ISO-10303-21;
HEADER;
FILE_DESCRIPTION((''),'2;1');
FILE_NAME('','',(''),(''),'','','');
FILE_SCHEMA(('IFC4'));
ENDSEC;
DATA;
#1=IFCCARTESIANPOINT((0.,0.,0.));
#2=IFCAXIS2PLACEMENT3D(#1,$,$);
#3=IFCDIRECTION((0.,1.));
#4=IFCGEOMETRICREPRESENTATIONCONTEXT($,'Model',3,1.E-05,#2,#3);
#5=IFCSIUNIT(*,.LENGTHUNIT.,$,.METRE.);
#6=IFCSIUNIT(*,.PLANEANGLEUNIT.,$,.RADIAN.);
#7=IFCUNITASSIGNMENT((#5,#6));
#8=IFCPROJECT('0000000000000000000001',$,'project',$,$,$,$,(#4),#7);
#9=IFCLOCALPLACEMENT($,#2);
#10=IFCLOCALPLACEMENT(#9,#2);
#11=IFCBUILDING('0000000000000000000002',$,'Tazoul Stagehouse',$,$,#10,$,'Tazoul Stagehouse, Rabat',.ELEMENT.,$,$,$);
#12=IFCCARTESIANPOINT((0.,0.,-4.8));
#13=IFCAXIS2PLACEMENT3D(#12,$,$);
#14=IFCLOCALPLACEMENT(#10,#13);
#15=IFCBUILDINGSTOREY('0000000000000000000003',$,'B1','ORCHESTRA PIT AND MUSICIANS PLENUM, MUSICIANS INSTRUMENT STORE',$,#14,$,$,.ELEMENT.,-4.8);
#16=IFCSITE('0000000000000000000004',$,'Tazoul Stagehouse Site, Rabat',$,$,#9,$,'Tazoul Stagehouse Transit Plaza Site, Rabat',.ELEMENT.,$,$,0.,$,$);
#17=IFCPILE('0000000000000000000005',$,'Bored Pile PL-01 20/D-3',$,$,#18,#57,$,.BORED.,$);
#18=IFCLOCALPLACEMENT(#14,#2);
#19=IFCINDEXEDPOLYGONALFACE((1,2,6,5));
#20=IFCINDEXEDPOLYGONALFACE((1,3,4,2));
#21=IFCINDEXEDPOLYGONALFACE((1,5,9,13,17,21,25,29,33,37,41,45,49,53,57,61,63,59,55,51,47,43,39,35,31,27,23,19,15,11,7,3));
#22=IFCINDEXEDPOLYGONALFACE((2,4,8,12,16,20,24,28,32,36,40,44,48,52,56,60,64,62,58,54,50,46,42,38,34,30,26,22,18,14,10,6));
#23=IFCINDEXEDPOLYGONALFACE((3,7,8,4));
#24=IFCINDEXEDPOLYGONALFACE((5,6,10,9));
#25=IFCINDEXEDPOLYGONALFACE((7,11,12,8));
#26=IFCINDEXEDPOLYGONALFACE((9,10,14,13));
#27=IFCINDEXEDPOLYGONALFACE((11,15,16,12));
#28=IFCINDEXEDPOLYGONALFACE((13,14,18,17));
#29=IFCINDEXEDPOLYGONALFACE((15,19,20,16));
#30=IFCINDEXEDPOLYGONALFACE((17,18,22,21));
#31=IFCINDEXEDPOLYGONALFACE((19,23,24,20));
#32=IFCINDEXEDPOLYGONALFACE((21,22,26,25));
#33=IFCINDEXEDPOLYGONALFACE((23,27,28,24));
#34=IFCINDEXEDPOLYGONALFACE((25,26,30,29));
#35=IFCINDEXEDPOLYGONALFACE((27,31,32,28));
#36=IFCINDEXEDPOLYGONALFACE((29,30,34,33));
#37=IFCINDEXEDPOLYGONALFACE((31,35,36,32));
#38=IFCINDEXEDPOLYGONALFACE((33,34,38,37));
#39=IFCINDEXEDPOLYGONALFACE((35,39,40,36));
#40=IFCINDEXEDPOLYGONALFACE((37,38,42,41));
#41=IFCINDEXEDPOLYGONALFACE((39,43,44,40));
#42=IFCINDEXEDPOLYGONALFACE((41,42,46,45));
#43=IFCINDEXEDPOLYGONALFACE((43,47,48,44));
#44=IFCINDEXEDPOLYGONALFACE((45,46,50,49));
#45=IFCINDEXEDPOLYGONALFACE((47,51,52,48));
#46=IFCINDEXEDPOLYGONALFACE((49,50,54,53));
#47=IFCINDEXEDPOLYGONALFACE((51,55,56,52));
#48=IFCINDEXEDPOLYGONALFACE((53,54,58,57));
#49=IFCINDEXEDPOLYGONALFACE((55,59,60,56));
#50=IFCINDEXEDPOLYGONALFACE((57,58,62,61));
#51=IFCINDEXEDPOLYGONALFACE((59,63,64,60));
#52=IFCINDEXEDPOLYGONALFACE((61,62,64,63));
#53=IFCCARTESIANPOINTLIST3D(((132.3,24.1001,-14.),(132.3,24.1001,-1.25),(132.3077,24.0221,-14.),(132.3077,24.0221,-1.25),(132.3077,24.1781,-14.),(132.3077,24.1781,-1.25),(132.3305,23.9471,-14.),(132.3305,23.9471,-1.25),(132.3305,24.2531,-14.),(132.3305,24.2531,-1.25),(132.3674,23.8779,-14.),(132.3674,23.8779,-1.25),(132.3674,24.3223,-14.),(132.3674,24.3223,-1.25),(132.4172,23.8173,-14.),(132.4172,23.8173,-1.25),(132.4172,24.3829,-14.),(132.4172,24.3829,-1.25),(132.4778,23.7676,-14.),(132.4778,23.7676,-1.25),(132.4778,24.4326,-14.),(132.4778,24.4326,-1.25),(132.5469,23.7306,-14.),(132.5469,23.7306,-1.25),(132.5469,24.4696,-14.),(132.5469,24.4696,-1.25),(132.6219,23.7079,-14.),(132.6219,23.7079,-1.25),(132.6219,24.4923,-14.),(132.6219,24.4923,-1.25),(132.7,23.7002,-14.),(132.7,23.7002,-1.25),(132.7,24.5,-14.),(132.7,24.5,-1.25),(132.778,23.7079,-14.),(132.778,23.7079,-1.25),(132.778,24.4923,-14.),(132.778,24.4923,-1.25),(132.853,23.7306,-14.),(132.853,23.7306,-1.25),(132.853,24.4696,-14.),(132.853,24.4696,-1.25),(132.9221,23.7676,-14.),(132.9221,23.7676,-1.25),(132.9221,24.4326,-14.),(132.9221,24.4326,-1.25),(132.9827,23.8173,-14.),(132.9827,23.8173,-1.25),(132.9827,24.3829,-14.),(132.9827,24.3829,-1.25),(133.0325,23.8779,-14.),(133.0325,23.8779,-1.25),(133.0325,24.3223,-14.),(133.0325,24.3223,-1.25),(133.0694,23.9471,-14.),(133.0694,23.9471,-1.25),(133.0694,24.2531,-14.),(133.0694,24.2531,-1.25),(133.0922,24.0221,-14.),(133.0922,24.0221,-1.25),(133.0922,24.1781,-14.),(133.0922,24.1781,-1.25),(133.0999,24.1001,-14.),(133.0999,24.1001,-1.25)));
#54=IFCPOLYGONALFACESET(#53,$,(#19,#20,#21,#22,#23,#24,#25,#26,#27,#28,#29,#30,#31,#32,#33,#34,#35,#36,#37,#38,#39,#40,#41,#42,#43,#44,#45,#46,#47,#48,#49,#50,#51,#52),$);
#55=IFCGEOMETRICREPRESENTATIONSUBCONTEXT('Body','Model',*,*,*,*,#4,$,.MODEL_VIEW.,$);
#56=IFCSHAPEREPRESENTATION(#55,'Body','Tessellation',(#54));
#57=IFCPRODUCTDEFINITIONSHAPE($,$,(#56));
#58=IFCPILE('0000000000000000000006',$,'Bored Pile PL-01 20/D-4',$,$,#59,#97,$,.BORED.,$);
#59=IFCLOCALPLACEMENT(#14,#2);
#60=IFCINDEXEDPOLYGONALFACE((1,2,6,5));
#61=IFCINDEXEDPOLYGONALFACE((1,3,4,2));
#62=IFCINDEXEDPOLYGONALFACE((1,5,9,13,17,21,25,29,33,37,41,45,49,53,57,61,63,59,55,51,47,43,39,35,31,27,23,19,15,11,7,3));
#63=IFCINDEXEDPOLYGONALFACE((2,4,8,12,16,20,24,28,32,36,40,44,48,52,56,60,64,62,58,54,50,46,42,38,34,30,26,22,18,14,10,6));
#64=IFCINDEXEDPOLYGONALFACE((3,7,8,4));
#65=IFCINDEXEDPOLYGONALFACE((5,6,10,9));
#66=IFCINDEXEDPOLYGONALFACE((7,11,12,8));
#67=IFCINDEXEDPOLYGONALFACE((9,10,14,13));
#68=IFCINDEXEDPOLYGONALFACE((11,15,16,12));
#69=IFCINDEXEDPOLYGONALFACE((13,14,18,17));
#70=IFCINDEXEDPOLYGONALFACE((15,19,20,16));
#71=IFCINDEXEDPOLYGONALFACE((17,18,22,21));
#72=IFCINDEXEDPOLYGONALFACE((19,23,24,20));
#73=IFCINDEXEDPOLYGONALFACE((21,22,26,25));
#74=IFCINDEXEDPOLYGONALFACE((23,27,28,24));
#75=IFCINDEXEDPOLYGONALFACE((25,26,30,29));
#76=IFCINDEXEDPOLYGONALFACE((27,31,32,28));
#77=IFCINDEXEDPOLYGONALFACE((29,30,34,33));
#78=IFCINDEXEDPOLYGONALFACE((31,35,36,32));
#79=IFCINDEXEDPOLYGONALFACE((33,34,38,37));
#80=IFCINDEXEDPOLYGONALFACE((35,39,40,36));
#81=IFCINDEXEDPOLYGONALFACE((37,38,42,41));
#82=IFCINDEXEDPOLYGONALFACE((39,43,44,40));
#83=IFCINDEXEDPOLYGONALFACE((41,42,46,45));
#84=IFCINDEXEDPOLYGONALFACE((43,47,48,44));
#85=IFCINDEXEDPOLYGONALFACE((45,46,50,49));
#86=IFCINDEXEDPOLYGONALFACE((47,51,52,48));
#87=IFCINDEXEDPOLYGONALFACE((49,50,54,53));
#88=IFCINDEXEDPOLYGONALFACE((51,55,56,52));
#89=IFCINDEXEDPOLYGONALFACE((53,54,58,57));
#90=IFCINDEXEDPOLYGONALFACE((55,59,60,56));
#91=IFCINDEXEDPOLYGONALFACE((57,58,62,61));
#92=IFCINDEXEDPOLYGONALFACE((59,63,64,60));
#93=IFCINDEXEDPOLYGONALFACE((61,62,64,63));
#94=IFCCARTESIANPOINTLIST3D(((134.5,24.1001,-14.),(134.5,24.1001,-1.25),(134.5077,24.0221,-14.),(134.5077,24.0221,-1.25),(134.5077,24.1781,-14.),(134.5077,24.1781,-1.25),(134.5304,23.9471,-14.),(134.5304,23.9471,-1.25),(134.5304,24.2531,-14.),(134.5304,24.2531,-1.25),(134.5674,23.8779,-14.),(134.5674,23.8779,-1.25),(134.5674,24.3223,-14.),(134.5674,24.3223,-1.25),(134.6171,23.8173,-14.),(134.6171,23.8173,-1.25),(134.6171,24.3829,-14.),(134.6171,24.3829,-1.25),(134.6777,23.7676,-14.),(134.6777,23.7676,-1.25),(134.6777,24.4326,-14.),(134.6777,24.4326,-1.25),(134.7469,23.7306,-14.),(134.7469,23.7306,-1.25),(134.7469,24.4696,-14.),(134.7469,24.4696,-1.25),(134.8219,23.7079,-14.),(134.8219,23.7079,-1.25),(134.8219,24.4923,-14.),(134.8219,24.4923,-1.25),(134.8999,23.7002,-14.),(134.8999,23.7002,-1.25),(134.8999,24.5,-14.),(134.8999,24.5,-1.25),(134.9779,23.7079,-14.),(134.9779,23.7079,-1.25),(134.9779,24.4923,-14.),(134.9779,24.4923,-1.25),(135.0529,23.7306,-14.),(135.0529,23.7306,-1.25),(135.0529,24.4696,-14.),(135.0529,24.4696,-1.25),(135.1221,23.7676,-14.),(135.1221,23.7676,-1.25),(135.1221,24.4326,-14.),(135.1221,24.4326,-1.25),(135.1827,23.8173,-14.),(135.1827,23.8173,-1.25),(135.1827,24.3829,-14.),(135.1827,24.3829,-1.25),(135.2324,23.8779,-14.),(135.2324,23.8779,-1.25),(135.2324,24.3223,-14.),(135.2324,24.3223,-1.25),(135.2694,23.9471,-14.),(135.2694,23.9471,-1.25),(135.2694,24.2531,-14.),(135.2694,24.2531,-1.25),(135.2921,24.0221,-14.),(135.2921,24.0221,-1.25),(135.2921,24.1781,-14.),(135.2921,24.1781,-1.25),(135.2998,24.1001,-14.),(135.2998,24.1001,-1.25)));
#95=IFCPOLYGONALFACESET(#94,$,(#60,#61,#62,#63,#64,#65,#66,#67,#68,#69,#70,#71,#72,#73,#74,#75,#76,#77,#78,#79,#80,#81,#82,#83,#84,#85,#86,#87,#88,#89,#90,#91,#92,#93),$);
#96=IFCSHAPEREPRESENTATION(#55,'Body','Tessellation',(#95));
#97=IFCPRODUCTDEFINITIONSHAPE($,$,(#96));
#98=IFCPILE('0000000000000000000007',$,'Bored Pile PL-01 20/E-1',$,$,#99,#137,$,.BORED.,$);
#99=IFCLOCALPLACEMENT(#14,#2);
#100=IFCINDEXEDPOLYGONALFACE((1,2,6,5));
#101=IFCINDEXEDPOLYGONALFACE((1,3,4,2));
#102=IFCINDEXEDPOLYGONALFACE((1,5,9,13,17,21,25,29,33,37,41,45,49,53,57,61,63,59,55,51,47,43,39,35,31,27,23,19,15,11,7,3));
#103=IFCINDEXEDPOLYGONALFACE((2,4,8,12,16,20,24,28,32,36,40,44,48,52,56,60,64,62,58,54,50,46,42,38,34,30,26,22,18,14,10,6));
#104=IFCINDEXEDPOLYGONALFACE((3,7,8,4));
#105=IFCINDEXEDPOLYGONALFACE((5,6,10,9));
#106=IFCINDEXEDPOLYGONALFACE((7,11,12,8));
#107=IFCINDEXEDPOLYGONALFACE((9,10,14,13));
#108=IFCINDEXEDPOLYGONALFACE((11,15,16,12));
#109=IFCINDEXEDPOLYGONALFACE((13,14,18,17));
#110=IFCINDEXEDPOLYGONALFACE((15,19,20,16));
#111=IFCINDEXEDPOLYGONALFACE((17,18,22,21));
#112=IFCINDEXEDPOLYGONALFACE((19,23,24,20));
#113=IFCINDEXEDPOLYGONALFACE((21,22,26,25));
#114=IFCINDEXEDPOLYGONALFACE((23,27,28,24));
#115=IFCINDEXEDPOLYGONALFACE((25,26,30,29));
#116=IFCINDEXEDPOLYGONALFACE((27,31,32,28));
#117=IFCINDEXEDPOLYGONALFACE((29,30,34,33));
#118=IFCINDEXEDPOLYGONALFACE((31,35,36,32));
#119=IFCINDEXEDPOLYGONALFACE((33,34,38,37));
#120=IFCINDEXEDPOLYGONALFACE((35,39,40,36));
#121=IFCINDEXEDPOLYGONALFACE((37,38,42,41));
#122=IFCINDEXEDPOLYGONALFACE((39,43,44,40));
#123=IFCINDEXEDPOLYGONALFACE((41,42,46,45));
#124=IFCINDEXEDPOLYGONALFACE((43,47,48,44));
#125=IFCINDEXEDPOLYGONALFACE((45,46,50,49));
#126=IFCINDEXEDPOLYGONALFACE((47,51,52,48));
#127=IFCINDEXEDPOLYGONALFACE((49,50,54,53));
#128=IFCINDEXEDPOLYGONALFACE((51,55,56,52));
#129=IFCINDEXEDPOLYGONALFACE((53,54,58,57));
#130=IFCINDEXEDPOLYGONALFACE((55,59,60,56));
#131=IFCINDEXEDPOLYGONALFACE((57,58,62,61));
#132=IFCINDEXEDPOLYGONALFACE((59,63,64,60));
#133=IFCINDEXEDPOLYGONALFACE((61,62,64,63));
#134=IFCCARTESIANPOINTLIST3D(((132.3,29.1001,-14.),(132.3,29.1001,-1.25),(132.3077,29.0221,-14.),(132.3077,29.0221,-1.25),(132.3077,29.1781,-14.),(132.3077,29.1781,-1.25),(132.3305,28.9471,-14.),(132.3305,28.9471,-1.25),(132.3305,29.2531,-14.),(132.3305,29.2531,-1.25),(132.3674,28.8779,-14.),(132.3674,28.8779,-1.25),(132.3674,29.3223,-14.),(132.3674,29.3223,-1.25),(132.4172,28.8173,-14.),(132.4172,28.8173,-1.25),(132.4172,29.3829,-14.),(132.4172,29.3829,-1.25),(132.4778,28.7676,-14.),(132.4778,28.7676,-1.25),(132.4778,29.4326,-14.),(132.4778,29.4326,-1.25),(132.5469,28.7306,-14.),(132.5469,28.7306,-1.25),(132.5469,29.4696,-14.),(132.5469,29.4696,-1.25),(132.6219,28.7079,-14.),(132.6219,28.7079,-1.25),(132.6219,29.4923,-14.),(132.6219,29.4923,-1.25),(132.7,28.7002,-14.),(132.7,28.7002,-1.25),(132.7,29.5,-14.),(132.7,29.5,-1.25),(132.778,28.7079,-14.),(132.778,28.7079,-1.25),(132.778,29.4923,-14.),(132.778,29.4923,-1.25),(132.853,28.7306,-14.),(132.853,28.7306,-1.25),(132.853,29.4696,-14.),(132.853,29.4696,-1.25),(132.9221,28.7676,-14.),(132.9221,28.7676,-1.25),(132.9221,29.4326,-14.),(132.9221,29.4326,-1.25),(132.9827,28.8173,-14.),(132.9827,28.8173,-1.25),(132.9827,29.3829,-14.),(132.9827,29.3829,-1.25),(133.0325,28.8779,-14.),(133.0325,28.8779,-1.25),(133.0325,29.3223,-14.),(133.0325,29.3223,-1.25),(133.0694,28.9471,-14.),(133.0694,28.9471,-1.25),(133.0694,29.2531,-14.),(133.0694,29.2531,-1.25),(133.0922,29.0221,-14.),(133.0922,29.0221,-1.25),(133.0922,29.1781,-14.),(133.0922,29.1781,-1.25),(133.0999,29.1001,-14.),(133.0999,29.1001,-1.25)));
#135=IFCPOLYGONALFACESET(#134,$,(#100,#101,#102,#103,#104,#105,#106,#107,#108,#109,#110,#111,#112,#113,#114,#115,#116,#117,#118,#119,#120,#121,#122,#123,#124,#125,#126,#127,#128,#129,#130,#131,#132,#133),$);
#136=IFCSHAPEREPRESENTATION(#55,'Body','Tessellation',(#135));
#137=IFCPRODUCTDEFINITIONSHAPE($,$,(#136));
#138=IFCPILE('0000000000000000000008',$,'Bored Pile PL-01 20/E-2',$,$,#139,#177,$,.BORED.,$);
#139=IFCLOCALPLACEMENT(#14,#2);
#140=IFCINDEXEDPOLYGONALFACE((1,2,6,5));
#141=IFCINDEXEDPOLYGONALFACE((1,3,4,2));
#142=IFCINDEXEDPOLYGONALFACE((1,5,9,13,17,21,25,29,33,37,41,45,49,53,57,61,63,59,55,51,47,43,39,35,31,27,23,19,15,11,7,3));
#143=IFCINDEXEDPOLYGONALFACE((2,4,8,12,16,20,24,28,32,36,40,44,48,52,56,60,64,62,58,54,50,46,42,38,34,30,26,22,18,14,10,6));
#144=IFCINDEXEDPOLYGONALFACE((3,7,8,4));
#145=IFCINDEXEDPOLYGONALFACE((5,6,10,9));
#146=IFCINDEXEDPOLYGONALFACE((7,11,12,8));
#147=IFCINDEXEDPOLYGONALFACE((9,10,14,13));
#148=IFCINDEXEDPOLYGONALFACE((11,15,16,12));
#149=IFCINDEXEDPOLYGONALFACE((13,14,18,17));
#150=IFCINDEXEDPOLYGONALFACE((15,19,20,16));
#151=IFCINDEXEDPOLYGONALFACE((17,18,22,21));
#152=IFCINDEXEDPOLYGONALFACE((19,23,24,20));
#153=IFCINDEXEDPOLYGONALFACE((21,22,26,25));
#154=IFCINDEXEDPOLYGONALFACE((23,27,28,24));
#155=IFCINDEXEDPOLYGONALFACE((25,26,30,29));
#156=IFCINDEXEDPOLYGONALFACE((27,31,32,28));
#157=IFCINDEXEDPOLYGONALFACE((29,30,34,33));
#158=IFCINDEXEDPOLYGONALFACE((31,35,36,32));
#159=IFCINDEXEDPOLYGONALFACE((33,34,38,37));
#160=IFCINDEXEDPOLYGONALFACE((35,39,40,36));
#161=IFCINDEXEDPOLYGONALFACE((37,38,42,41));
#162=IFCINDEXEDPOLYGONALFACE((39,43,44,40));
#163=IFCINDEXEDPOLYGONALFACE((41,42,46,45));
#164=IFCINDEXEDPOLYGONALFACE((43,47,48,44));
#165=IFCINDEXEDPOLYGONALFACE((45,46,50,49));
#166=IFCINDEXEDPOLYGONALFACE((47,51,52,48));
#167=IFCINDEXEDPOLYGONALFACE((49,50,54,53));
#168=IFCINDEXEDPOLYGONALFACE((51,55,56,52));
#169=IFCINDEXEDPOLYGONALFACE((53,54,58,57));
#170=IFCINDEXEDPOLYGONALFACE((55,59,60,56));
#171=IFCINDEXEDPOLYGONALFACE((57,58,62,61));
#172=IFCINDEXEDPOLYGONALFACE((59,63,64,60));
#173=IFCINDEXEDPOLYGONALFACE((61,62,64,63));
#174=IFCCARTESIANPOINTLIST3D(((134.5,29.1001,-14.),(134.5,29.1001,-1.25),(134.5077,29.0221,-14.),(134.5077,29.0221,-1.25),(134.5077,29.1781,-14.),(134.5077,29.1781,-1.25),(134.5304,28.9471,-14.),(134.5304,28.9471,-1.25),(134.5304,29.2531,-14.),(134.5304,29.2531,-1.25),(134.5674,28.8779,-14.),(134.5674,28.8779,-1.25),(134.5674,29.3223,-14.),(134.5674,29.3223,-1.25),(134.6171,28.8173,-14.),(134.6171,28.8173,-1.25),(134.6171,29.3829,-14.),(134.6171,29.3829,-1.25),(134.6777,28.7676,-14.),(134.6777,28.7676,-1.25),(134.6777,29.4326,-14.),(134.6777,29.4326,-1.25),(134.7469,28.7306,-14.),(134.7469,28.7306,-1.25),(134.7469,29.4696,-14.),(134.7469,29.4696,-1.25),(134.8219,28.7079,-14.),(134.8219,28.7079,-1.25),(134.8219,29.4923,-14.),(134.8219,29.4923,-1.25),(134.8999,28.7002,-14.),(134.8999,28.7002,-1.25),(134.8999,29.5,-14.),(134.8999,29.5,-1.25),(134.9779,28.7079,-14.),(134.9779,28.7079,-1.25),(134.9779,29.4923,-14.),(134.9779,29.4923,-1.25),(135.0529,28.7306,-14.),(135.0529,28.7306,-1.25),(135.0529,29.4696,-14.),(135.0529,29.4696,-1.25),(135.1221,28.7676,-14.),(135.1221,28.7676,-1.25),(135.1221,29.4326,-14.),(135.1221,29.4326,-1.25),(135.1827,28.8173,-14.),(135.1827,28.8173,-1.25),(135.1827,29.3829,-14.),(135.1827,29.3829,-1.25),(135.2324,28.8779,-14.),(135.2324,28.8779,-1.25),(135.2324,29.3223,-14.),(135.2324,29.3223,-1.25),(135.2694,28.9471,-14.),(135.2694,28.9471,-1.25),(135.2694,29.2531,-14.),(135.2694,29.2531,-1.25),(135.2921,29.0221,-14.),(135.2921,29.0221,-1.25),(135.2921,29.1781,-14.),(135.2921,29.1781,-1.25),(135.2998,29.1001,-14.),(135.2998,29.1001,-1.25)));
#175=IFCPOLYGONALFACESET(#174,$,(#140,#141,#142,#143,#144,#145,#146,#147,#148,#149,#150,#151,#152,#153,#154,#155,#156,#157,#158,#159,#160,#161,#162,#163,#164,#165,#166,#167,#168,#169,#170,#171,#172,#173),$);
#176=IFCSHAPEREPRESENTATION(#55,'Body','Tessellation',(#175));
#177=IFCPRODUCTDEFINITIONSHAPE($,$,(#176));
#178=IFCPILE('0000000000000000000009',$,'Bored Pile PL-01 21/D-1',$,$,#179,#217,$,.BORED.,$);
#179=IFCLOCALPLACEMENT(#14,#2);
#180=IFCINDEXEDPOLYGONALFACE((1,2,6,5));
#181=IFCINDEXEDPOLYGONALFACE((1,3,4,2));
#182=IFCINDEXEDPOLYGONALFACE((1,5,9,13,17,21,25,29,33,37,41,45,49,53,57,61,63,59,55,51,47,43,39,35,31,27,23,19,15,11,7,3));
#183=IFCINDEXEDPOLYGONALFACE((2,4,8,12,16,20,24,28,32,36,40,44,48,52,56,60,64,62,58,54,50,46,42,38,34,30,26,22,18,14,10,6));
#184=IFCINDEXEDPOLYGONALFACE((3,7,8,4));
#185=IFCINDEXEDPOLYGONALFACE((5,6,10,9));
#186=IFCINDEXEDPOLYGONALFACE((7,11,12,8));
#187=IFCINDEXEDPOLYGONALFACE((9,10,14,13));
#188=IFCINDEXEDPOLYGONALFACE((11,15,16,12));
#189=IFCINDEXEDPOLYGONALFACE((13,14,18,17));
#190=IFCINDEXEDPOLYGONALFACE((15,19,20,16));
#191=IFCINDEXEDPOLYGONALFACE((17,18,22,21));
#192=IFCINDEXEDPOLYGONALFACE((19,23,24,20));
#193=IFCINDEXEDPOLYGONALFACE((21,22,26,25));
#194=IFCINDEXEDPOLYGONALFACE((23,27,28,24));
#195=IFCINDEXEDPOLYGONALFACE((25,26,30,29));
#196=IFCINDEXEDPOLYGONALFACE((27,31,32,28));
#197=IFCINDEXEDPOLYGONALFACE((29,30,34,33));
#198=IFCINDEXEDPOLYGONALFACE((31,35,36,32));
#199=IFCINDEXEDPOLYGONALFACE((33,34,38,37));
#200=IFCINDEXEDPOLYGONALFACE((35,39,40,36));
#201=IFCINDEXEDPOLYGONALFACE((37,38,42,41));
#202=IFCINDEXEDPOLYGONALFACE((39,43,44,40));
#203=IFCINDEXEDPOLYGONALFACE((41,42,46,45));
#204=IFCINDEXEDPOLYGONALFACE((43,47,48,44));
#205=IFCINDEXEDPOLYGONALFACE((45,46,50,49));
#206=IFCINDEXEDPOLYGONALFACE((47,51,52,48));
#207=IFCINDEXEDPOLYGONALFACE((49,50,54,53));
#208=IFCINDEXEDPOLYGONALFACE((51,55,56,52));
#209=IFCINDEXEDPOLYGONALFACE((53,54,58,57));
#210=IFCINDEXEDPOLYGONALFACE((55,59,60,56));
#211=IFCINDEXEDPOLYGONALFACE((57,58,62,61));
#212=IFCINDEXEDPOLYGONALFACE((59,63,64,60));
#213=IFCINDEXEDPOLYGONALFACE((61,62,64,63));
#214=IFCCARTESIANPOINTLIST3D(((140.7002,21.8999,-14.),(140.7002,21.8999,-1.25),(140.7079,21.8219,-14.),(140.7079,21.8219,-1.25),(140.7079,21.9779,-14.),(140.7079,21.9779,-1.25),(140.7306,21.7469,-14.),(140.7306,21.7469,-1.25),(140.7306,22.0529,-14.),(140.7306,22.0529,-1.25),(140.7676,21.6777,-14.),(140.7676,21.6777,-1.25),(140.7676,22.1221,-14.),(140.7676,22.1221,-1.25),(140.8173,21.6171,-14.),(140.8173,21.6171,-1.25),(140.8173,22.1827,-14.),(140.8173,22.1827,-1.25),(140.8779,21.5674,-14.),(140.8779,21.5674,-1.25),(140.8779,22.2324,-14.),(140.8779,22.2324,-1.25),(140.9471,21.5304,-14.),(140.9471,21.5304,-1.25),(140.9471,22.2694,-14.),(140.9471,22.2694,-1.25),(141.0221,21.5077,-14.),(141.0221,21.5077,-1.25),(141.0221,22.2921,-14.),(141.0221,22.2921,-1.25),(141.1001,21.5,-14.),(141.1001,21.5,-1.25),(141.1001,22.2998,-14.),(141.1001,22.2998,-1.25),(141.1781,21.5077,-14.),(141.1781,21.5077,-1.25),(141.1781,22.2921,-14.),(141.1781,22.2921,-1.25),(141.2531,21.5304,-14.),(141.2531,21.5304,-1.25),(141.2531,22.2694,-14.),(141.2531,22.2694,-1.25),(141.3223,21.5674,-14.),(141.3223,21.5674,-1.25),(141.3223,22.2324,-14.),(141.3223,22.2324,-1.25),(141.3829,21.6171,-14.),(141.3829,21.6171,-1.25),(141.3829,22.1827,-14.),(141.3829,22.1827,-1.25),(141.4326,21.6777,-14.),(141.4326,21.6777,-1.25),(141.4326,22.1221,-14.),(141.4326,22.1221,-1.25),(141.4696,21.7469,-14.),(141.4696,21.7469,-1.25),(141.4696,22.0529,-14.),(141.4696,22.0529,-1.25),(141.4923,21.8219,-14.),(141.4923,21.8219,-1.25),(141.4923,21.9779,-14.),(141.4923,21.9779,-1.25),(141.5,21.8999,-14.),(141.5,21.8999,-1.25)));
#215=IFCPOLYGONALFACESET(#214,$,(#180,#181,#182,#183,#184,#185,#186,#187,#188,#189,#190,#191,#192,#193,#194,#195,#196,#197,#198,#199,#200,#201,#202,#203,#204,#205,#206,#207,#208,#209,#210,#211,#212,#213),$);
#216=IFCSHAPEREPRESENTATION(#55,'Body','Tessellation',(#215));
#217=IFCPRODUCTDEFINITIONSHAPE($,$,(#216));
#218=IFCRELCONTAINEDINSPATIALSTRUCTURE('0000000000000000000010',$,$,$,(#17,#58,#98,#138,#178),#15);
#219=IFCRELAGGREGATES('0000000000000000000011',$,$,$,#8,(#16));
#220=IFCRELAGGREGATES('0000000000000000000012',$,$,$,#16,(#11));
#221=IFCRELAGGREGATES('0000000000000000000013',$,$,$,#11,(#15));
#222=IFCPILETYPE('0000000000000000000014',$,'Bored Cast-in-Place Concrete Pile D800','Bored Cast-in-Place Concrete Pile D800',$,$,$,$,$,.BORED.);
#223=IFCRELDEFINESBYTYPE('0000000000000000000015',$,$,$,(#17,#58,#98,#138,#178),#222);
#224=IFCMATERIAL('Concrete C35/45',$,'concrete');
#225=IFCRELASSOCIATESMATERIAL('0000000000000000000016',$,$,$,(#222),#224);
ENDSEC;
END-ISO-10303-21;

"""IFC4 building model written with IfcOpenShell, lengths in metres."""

from ifc_helpers import new_model, si_unit, direction, frame, origin, origin_2d, place, context, subcontext, project, spatial, circle, extrude, material, material_profile, profile_set, type_object, element, save


model = new_model("IFC4")

# Units and contexts
model_context = context("Model", 3, precision=1e-05, world=origin(), true_north=direction((0.0, 1.0)))
body_context = subcontext(model_context, "Body", "Model", "MODEL_VIEW")
ifc_project = project(units=[si_unit("LENGTHUNIT", "METRE"), si_unit("PLANEANGLEUNIT", "RADIAN")], contexts=[model_context])

# Site, building, storey
site_placement = place(None, origin())
site = spatial("IfcSite", under=ifc_project, at=site_placement, Name="Tazoul Stagehouse Site, Rabat", LongName="Tazoul Stagehouse Transit Plaza Site, Rabat", CompositionType="ELEMENT", RefElevation=0.0)
building_placement = place(site_placement, origin())
building = spatial("IfcBuilding", under=site, at=building_placement, Name="Tazoul Stagehouse", LongName="Tazoul Stagehouse, Rabat", CompositionType="ELEMENT")
storey_placement = place(building_placement, frame((0.0, 0.0, -4.8)))
storey = spatial("IfcBuildingStorey", under=building, at=storey_placement, Name="B1", Description="ORCHESTRA PIT AND MUSICIANS PLENUM, MUSICIANS INSTRUMENT STORE", CompositionType="ELEMENT", Elevation=-4.8)

# Piles
ifc_material_1 = material(Name="Concrete C35/45", Category="concrete")
ifc_material_profile_1 = material_profile(ifc_material_1, circle(Radius=0.3999, at=origin_2d()), Name="BORED PILE 800")
ifc_profile_set_1 = profile_set([ifc_material_profile_1], Name="Concrete C35/45")
pile_type = type_object("IfcPileType", Name="Bored Cast-in-Place Concrete Pile D800", Description="Bored Cast-in-Place Concrete Pile D800", PredefinedType="BORED", material=ifc_profile_set_1)
for number, where, z_axis, x_axis, name in (
    (1, (132.7, 24.1001, -1.25), (0.0, 0.0, -1.0), (1.0, 0.0, 0.0), "Bored Pile PL-01 20/D-3"),
    (2, (134.8999, 24.1001, -1.25), (0.0, 0.0, -1.0), (1.0, 0.0, 0.0), "Bored Pile PL-01 20/D-4"),
    (3, (132.7, 29.1001, -1.25), (0.0, 0.0, -1.0), (1.0, 0.0, 0.0), "Bored Pile PL-01 20/E-1"),
    (4, (134.8999, 29.1001, -1.25), (0.0, 0.0, -1.0), (1.0, 0.0, 0.0), "Bored Pile PL-01 20/E-2"),
    (5, (141.1001, 21.8999, -1.25), (0.0, 0.0, -1.0), (1.0, 0.0, 0.0), "Bored Pile PL-01 21/D-1"),
):
    element("IfcPile", number, at=place(storey_placement, frame(where, z_axis=z_axis, x_axis=x_axis)), inside=storey, type_object=pile_type, Name=name, PredefinedType="BORED", context=body_context, shape_type="SweptSolid", body=[
        extrude(circle(Radius=0.3999, at=origin_2d()), origin(), (0.0, 0.0, 1.0), 12.75),
    ])

save(model, "model.ifc")
